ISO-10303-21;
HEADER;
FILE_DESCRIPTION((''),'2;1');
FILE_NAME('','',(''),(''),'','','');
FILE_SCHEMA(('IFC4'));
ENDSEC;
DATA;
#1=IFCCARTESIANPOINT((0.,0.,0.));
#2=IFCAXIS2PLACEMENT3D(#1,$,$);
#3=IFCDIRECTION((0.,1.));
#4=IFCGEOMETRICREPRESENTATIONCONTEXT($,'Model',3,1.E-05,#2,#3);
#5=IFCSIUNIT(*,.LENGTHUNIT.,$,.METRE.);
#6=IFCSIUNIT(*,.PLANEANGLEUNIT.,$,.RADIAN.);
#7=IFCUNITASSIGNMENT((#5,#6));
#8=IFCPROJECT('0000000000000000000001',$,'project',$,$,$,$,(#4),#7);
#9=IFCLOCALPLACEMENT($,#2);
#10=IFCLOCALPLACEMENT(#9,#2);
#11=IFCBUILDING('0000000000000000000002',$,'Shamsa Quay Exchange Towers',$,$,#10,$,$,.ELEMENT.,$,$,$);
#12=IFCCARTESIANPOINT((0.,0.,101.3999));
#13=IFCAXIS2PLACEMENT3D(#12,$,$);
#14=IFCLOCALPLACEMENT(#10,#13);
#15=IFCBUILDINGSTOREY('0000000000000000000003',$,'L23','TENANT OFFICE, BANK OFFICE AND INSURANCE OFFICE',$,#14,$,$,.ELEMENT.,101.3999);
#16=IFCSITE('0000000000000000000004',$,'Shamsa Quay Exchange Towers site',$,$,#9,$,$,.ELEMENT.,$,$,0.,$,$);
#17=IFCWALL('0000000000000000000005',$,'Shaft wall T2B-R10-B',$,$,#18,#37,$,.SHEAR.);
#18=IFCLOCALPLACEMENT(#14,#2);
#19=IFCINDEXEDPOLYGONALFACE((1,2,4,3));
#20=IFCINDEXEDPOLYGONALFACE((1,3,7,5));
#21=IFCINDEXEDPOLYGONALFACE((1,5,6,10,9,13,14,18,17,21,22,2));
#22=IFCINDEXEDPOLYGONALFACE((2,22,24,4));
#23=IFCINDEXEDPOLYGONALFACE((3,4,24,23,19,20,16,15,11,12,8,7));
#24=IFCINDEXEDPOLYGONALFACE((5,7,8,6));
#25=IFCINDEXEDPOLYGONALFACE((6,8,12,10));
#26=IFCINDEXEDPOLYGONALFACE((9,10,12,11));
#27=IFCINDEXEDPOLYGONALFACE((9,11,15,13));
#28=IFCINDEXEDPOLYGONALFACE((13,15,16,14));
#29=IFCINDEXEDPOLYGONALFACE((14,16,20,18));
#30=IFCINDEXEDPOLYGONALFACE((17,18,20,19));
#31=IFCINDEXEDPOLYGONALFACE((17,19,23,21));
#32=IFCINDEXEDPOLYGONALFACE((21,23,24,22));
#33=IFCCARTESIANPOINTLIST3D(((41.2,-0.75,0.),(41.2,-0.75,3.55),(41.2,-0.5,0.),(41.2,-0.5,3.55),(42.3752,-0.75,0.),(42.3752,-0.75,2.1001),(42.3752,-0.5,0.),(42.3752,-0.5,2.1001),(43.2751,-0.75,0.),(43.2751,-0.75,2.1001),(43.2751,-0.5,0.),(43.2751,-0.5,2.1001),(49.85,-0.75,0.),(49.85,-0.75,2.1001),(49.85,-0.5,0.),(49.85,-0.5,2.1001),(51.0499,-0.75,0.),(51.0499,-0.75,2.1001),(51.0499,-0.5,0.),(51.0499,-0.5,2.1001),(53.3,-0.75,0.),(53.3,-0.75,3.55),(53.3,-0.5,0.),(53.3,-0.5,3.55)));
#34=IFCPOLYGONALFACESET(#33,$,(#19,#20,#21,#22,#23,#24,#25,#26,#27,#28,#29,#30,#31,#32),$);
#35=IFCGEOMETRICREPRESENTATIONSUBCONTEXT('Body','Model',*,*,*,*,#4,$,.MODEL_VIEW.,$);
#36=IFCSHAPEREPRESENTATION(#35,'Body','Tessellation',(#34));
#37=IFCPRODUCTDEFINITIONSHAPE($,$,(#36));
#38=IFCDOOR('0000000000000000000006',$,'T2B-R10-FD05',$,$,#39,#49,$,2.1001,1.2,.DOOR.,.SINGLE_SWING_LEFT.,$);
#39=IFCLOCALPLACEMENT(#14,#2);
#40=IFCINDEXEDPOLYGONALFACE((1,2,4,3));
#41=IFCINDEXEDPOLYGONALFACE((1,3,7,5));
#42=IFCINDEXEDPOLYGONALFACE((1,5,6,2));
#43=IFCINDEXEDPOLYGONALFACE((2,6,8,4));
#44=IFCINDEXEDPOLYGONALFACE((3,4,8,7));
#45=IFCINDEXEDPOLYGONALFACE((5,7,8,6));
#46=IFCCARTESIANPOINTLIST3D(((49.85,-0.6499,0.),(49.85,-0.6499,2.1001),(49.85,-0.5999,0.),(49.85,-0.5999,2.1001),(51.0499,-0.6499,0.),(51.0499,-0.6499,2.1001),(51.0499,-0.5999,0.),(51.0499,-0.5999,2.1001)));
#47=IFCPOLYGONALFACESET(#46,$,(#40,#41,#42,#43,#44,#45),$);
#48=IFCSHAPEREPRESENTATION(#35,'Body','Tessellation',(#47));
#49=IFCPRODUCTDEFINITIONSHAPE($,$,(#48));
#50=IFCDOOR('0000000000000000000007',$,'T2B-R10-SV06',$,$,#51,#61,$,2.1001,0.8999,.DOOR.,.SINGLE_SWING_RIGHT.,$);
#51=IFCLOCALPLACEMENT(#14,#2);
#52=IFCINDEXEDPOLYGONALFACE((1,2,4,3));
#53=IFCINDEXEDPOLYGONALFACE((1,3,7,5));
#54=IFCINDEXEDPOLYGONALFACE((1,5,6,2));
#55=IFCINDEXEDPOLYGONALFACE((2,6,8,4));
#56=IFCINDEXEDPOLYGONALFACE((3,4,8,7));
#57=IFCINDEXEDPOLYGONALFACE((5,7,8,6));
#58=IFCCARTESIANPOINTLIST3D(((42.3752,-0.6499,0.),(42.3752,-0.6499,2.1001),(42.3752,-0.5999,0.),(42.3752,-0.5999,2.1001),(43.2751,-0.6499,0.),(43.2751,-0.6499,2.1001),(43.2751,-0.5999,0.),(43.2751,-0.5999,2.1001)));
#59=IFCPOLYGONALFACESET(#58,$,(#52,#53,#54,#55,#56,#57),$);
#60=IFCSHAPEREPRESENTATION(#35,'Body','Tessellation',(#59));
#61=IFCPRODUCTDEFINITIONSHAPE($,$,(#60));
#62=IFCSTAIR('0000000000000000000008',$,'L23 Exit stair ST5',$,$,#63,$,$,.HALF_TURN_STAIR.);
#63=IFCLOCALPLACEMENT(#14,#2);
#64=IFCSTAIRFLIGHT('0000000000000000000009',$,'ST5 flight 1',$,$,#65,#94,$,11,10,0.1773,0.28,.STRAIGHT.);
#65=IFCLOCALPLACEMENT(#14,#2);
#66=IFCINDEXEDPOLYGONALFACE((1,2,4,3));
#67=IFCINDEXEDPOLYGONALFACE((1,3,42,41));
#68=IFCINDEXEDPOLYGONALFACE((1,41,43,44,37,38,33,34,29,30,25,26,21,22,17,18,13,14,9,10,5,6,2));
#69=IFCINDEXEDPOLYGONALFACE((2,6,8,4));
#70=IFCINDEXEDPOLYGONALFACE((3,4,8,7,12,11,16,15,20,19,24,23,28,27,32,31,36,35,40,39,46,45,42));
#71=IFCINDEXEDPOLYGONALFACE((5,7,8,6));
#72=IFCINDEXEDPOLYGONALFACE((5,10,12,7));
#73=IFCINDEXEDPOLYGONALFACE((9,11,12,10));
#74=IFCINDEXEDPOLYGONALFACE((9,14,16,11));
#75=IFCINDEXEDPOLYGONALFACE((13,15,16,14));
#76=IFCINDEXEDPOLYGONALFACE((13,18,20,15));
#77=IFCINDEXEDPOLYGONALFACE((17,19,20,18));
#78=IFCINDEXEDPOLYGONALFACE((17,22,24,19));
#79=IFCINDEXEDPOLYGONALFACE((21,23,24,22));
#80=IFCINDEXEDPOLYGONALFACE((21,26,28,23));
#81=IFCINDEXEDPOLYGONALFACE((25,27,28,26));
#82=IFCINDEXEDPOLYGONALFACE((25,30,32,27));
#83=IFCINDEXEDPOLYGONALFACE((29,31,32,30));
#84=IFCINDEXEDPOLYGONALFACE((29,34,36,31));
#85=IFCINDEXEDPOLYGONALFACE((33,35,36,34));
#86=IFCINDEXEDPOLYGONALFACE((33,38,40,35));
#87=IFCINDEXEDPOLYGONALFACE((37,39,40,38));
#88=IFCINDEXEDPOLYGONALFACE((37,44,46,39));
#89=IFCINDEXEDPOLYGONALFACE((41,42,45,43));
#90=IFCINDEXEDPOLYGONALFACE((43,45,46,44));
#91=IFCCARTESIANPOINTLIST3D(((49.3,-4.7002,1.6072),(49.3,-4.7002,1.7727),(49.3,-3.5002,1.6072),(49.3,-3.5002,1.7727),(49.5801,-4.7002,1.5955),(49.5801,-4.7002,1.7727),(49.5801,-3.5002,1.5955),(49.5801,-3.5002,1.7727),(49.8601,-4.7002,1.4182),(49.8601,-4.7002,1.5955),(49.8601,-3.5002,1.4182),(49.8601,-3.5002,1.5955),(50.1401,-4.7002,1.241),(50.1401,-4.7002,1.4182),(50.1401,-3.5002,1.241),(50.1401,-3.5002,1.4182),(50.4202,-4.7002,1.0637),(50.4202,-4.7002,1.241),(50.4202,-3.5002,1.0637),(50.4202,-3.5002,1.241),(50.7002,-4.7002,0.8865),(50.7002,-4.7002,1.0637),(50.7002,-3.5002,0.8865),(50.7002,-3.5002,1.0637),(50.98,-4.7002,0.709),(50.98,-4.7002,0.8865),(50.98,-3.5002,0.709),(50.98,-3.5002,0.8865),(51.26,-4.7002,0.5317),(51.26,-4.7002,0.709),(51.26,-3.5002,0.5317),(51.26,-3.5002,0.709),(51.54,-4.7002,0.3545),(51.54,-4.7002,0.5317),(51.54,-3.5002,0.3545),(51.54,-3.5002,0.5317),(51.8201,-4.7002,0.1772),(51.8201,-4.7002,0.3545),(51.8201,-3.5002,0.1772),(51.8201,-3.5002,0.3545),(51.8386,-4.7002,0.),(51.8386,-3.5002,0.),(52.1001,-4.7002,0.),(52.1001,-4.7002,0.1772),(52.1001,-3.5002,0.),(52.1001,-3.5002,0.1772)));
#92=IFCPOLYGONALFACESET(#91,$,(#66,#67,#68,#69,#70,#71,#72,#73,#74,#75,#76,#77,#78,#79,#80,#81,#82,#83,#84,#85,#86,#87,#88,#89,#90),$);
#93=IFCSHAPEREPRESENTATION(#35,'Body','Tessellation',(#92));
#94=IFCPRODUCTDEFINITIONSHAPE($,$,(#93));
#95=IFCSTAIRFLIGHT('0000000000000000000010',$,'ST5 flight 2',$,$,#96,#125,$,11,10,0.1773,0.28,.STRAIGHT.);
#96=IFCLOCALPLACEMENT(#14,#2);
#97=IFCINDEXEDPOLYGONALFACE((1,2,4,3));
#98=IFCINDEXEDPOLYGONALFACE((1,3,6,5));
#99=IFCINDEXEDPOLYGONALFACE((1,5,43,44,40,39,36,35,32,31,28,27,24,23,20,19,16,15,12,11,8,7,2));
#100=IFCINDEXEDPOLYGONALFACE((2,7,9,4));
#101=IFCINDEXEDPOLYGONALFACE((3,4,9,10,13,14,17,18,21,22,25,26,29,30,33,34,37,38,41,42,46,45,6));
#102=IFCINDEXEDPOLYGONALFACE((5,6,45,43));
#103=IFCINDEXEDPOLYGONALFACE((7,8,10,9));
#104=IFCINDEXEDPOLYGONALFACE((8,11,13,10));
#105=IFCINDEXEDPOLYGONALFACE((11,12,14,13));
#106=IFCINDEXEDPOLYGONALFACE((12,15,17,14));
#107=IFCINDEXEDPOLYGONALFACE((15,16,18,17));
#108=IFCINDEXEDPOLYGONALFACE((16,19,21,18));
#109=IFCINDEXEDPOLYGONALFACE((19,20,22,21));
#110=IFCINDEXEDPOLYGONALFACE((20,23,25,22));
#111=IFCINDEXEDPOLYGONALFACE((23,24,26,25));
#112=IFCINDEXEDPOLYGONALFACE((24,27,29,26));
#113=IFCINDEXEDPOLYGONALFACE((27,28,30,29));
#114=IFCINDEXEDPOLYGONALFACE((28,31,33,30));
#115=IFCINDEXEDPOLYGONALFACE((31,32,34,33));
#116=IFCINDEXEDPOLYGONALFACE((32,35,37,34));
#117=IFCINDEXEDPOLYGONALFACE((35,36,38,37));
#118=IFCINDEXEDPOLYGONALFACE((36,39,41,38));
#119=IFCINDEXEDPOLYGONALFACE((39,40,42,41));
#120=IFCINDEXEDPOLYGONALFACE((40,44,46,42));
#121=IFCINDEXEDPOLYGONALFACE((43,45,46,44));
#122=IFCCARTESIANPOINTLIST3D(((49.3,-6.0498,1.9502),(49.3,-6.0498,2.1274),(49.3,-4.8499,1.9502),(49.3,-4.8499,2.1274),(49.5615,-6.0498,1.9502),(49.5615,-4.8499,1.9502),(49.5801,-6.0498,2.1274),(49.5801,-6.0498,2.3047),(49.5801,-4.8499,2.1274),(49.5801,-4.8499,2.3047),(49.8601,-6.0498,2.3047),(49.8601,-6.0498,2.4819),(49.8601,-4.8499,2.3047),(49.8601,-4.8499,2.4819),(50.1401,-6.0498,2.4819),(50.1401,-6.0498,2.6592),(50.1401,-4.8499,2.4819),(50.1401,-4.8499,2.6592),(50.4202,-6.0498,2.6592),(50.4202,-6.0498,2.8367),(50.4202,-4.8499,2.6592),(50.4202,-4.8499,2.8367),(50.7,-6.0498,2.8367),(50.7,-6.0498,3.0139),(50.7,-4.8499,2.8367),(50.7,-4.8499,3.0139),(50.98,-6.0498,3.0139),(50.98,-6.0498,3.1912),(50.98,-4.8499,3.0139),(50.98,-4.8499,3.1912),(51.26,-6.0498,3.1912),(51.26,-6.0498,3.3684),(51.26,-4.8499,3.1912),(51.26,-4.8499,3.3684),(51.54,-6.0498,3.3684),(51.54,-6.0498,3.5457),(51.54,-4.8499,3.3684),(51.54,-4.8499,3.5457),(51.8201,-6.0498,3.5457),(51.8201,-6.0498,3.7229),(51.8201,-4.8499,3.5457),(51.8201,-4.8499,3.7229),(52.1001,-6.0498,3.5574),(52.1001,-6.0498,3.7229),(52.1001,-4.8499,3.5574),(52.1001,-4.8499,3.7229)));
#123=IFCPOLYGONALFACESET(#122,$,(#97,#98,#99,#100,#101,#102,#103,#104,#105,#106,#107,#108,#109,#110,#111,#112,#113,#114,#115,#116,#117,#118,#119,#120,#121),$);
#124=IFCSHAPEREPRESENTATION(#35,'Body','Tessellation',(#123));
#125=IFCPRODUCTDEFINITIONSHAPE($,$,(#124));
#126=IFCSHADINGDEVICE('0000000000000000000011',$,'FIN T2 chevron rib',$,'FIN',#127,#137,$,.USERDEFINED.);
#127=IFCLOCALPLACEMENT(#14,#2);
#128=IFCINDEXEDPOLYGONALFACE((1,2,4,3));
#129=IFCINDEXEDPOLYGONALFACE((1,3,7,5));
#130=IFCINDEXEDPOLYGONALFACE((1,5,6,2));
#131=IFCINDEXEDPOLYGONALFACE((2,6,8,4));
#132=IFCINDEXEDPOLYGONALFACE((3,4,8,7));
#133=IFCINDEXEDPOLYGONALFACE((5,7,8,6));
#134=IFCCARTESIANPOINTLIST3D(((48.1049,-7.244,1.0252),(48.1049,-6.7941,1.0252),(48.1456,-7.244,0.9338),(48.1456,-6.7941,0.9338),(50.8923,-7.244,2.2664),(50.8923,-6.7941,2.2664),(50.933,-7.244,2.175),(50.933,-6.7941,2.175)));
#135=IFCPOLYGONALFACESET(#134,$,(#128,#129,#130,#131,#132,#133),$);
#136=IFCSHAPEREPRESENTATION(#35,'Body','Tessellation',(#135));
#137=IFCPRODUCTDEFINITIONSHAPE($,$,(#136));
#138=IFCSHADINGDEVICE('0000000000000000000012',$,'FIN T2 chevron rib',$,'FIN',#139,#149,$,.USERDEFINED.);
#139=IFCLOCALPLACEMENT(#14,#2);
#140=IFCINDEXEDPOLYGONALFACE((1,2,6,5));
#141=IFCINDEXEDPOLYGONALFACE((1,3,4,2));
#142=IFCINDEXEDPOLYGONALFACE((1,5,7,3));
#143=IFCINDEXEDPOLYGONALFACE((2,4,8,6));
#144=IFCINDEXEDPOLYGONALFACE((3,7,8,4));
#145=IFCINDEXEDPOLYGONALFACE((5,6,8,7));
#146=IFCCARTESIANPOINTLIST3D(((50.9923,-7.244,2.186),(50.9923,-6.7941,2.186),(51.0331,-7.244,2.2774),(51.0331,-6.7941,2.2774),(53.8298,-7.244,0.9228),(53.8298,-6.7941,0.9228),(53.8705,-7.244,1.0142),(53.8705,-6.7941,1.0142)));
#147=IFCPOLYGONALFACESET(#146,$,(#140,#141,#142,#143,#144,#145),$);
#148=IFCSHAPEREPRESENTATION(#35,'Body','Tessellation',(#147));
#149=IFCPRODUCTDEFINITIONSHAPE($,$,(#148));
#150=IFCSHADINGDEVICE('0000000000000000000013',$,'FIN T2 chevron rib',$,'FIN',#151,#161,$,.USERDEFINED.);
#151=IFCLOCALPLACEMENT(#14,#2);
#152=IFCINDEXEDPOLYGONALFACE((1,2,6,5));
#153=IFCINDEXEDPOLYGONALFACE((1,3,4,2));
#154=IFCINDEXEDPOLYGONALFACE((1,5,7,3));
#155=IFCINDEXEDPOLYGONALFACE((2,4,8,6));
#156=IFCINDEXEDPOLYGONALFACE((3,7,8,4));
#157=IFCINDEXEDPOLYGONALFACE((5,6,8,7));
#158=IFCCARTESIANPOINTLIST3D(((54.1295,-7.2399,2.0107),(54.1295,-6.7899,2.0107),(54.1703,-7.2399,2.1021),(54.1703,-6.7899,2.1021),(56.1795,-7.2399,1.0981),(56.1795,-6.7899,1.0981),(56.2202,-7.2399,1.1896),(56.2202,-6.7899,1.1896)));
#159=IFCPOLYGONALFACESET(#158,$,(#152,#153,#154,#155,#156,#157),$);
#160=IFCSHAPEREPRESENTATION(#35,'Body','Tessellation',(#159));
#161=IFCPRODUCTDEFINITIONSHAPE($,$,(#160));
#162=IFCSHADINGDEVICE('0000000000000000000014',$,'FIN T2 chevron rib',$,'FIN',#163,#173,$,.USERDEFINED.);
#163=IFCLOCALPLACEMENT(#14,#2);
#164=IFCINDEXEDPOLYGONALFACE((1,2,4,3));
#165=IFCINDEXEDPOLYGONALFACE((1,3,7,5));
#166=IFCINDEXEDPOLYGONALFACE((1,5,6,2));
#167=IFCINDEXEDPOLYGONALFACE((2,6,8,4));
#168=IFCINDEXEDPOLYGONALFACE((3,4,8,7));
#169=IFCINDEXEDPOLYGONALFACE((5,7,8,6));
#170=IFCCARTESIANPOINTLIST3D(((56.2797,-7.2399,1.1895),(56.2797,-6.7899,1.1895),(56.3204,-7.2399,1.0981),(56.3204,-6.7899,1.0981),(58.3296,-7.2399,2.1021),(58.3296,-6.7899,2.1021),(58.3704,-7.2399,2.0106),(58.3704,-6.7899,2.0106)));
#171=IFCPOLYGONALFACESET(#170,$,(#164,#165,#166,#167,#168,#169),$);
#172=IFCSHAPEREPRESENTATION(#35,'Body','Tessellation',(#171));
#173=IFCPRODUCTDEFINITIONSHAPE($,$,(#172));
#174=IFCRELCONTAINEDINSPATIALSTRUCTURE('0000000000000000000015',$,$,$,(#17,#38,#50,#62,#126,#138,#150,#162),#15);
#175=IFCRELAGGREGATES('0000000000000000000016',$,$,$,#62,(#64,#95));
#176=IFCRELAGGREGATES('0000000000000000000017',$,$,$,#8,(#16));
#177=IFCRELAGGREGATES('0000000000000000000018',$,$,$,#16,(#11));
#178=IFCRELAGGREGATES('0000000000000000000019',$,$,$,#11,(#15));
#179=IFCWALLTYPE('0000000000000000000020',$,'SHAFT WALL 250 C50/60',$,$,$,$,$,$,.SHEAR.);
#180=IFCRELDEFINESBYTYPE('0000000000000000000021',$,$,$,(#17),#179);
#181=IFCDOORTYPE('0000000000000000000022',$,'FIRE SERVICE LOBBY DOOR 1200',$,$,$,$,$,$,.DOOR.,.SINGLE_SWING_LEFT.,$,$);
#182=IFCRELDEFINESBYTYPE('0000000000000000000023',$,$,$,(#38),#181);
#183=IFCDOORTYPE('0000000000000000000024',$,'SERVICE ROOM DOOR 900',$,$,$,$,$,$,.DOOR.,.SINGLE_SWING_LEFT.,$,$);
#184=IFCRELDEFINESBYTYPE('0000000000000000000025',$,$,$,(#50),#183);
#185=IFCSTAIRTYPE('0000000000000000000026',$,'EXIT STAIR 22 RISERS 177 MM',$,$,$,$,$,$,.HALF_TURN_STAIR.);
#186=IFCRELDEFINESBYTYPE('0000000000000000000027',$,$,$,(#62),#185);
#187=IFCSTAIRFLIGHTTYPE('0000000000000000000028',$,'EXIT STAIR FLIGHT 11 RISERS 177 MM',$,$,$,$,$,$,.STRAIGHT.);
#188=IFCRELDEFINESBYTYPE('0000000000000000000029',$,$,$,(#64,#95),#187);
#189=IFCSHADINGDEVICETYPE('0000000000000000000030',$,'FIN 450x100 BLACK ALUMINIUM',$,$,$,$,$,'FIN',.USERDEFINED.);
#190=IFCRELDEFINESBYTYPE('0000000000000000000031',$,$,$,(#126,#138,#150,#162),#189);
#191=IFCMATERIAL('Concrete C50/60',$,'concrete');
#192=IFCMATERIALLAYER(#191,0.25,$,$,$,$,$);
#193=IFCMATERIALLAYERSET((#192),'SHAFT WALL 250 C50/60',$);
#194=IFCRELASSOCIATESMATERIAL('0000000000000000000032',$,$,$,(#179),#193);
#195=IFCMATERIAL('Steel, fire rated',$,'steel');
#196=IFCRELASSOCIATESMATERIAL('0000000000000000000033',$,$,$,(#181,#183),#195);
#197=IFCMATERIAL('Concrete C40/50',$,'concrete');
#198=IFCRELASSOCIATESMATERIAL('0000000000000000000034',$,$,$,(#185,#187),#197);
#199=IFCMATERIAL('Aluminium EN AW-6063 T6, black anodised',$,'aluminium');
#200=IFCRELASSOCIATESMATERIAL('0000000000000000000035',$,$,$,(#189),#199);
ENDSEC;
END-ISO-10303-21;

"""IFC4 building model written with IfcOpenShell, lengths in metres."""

from ifc_helpers import new_model, si_unit, direction, frame, frame_2d, origin, origin_2d, place, context, subcontext, project, spatial, polyline, rectangle, outline, extrude, material, layer, layer_set, material_profile, profile_set, type_object, element, fill, aggregate, save


model = new_model("IFC4")

# Units and contexts
model_context = context("Model", 3, precision=1e-05, world=origin(), true_north=direction((0.0, 1.0)))
body_context = subcontext(model_context, "Body", "Model", "MODEL_VIEW")
ifc_project = project(units=[si_unit("LENGTHUNIT", "METRE"), si_unit("PLANEANGLEUNIT", "RADIAN")], contexts=[model_context])

# Site, building, storey
site_placement = place(None, origin())
site = spatial("IfcSite", under=ifc_project, at=site_placement, Name="Shamsa Quay Exchange Towers site", CompositionType="ELEMENT", RefElevation=0.0)
building_placement = place(site_placement, origin())
building = spatial("IfcBuilding", under=site, at=building_placement, Name="Shamsa Quay Exchange Towers", CompositionType="ELEMENT")
storey_placement = place(building_placement, frame((0.0, 0.0, 101.3999)))
storey = spatial("IfcBuildingStorey", under=building, at=storey_placement, Name="L23", Description="TENANT OFFICE, BANK OFFICE AND INSURANCE OFFICE", CompositionType="ELEMENT", Elevation=101.3999)

# Shared definitions
ifc_material_1 = material(Name="Aluminium EN AW-6063 T6, black anodised", Category="aluminium")

# Shared definitions
ifc_material_2 = material(Name="Steel, fire rated", Category="steel")
ifc_material_3 = material(Name="Concrete C50/60", Category="concrete")
ifc_layer_1 = layer(ifc_material_3, 0.25)
ifc_layer_set_1 = layer_set([ifc_layer_1], Name="SHAFT WALL 250 C50/60")
wall_type_1 = type_object("IfcWallType", Name="SHAFT WALL 250 C50/60", PredefinedType="SHEAR", material=ifc_layer_set_1)

# Wall, openings, doors
wall_1_placement = place(storey_placement, frame((53.3, -0.625, 0.0), z_axis=(0.0, 0.0, 1.0), x_axis=(-1.0, 0.0, 0.0)))
wall_1 = element("IfcWall", 1, at=wall_1_placement, inside=storey, type_object=wall_type_1, Name="Shaft wall T2B-R10-B", PredefinedType="SHEAR", context=body_context, shape_type="SweptSolid", body=[
    extrude(rectangle(XDim=12.1001, YDim=0.25, at=frame_2d((6.05, 0.0))), origin(), (0.0, 0.0, 1.0), 3.55),
])
opening_1_placement = place(wall_1_placement, frame((2.25, 0.0, 0.0)))
opening_1 = element("IfcOpeningElement", 2, at=opening_1_placement, cuts=wall_1, PredefinedType="OPENING", context=body_context, shape_type="SweptSolid", body=[
    extrude(rectangle(XDim=1.2, YDim=2.1001, at=frame_2d((0.6001, 1.05))), frame((0.0, 0.135, 0.0), z_axis=(0.0, -1.0, 0.0), x_axis=(1.0, 0.0, 0.0)), (0.0, 0.0, 1.0), 0.27),
])
opening_2_placement = place(wall_1_placement, frame((10.0249, 0.0, 0.0)))
opening_2 = element("IfcOpeningElement", 3, at=opening_2_placement, cuts=wall_1, PredefinedType="OPENING", context=body_context, shape_type="SweptSolid", body=[
    extrude(rectangle(XDim=0.8999, YDim=2.1001, at=frame_2d((0.45, 1.05))), frame((0.0, 0.135, 0.0), z_axis=(0.0, -1.0, 0.0), x_axis=(1.0, 0.0, 0.0)), (0.0, 0.0, 1.0), 0.27),
])
door_type_1 = type_object("IfcDoorType", Name="FIRE SERVICE LOBBY DOOR 1200", OperationType="SINGLE_SWING_LEFT", PredefinedType="DOOR", material=ifc_material_2)
door_1_placement = place(opening_1_placement, origin())
door_1 = element("IfcDoor", 4, at=door_1_placement, inside=storey, type_object=door_type_1, Name="T2B-R10-FD05", OperationType="SINGLE_SWING_LEFT", OverallHeight=2.1001, OverallWidth=1.2, PredefinedType="DOOR", context=body_context, shape_type="SweptSolid", body=[
    extrude(rectangle(XDim=1.2, YDim=2.1001, at=frame_2d((0.6001, 1.05))), frame((0.0, 0.0249, 0.0), z_axis=(0.0, -1.0, 0.0), x_axis=(1.0, 0.0, 0.0)), (0.0, 0.0, 1.0), 0.05),
])
fill(opening_1, door_1)
door_type_2 = type_object("IfcDoorType", Name="SERVICE ROOM DOOR 900", OperationType="SINGLE_SWING_LEFT", PredefinedType="DOOR", material=ifc_material_2)
door_2_placement = place(opening_2_placement, origin())
door_2 = element("IfcDoor", 5, at=door_2_placement, inside=storey, type_object=door_type_2, Name="T2B-R10-SV06", OperationType="SINGLE_SWING_RIGHT", OverallHeight=2.1001, OverallWidth=0.8999, PredefinedType="DOOR", context=body_context, shape_type="SweptSolid", body=[
    extrude(rectangle(XDim=0.8999, YDim=2.1001, at=frame_2d((0.45, 1.05))), frame((0.0, 0.0249, 0.0), z_axis=(0.0, -1.0, 0.0), x_axis=(1.0, 0.0, 0.0)), (0.0, 0.0, 1.0), 0.05),
])
fill(opening_2, door_2)

# Stair, stair flights
ifc_material_4 = material(Name="Concrete C40/50", Category="concrete")
stair_type = type_object("IfcStairType", Name="EXIT STAIR 22 RISERS 177 MM", PredefinedType="HALF_TURN_STAIR", material=ifc_material_4)
stair_placement = place(storey_placement, origin())
stair = element("IfcStair", 6, at=stair_placement, inside=storey, type_object=stair_type, Name="L23 Exit stair ST5", PredefinedType="HALF_TURN_STAIR")
stair_flight_type = type_object("IfcStairFlightType", Name="EXIT STAIR FLIGHT 11 RISERS 177 MM", PredefinedType="STRAIGHT", material=ifc_material_4)
stair_flight_1_placement = place(storey_placement, frame((52.1001, -4.1001, 0.0), z_axis=(0.0, 0.0, 1.0), x_axis=(-1.0, 0.0, 0.0)))
stair_flight_1 = element("IfcStairFlight", 7, at=stair_flight_1_placement, type_object=stair_flight_type, Name="ST5 flight 1", NumberOfRisers=11, NumberOfTreads=10, PredefinedType="STRAIGHT", RiserHeight=0.1773, TreadLength=0.28, context=body_context, shape_type="SweptSolid", body=[
    extrude(outline(polyline([(0.0, 0.0), (0.0, 0.1772), (0.28, 0.1772), (0.28, 0.3545), (0.5601, 0.3545), (0.5601, 0.5317), (0.8401, 0.5317), (0.8401, 0.709), (1.1201, 0.709), (1.1201, 0.8865), (1.3999, 0.8865), (1.3999, 1.0637), (1.6799, 1.0637), (1.6799, 1.241), (1.96, 1.241), (1.96, 1.4182), (2.24, 1.4182), (2.24, 1.5955), (2.52, 1.5955), (2.52, 1.7727), (2.8, 1.7727), (2.8, 1.95), (2.8, 1.6072), (0.2615, 0.0), (0.0, 0.0)])), frame((0.0, 0.6001, 0.0), z_axis=(0.0, -1.0, 0.0), x_axis=(1.0, 0.0, 0.0)), (0.0, 0.0, 1.0), 1.2),
])
stair_flight_2_placement = place(storey_placement, frame((49.3, -5.45, 1.9502)))
stair_flight_2 = element("IfcStairFlight", 8, at=stair_flight_2_placement, type_object=stair_flight_type, Name="ST5 flight 2", NumberOfRisers=11, NumberOfTreads=10, PredefinedType="STRAIGHT", RiserHeight=0.1773, TreadLength=0.28, context=body_context, shape_type="SweptSolid", body=[
    extrude(outline(polyline([(0.0, 0.0), (0.0, 0.1772), (0.28, 0.1772), (0.28, 0.3545), (0.5601, 0.3545), (0.5601, 0.5317), (0.8401, 0.5317), (0.8401, 0.709), (1.1201, 0.709), (1.1201, 0.8865), (1.3999, 0.8865), (1.3999, 1.0637), (1.6799, 1.0637), (1.6799, 1.241), (1.96, 1.241), (1.96, 1.4182), (2.24, 1.4182), (2.24, 1.5955), (2.52, 1.5955), (2.52, 1.7727), (2.8, 1.7727), (2.8, 1.95), (2.8, 1.6072), (0.2615, 0.0), (0.0, 0.0)])), frame((0.0, 0.6001, 0.0), z_axis=(0.0, -1.0, 0.0), x_axis=(1.0, 0.0, 0.0)), (0.0, 0.0, 1.0), 1.2),
])
aggregate(stair, [stair_flight_1, stair_flight_2])

# Shading devices
ifc_material_profile_1 = material_profile(ifc_material_1, rectangle(XDim=0.45, YDim=0.1001, at=origin_2d()), Name="FIN450x100")
ifc_profile_set_1 = profile_set([ifc_material_profile_1], Name="Aluminium EN AW-6063 T6, black anodised")
shading_device_type = type_object("IfcShadingDeviceType", Name="FIN 450x100 BLACK ALUMINIUM", ElementType="FIN", PredefinedType="USERDEFINED", material=ifc_profile_set_1)
shading_device_1_placement = place(storey_placement, frame((48.1252, -7.019, 0.9795), z_axis=(0.913521, 0.0, 0.406792), x_axis=(0.0, 1.0, 0.0)))
element("IfcShadingDevice", 9, at=shading_device_1_placement, inside=storey, type_object=shading_device_type, Name="FIN T2 chevron rib", ObjectType="FIN", PredefinedType="USERDEFINED", context=body_context, shape_type="SweptSolid", body=[
    extrude(rectangle(XDim=0.45, YDim=0.1001, at=origin_2d()), origin(), (0.0, 0.0, 1.0), 3.0513),
])
shading_device_2_placement = place(storey_placement, frame((51.0127, -7.019, 2.2317), z_axis=(0.913559, 0.0, -0.406707), x_axis=(0.0, 1.0, 0.0)))
element("IfcShadingDevice", 10, at=shading_device_2_placement, inside=storey, type_object=shading_device_type, Name="FIN T2 chevron rib", ObjectType="FIN", PredefinedType="USERDEFINED", context=body_context, shape_type="SweptSolid", body=[
    extrude(rectangle(XDim=0.45, YDim=0.1001, at=origin_2d()), origin(), (0.0, 0.0, 1.0), 3.106),
])
for number, where, z_axis, x_axis, name in (
    (11, (54.1499, -7.0149, 2.0564), (0.913569, 0.0, -0.406684), (0.0, 1.0, 0.0), "FIN T2 chevron rib"),
    (12, (56.3, -7.0149, 1.1438), (0.913569, 0.0, 0.406684), (0.0, 1.0, 0.0), "FIN T2 chevron rib"),
):
    element("IfcShadingDevice", number, at=place(storey_placement, frame(where, z_axis=z_axis, x_axis=x_axis)), inside=storey, type_object=shading_device_type, Name=name, ObjectType="FIN", PredefinedType="USERDEFINED", context=body_context, shape_type="SweptSolid", body=[
        extrude(rectangle(XDim=0.45, YDim=0.1001, at=origin_2d()), origin(), (0.0, 0.0, 1.0), 2.2439),
    ])

save(model, "model.ifc")
